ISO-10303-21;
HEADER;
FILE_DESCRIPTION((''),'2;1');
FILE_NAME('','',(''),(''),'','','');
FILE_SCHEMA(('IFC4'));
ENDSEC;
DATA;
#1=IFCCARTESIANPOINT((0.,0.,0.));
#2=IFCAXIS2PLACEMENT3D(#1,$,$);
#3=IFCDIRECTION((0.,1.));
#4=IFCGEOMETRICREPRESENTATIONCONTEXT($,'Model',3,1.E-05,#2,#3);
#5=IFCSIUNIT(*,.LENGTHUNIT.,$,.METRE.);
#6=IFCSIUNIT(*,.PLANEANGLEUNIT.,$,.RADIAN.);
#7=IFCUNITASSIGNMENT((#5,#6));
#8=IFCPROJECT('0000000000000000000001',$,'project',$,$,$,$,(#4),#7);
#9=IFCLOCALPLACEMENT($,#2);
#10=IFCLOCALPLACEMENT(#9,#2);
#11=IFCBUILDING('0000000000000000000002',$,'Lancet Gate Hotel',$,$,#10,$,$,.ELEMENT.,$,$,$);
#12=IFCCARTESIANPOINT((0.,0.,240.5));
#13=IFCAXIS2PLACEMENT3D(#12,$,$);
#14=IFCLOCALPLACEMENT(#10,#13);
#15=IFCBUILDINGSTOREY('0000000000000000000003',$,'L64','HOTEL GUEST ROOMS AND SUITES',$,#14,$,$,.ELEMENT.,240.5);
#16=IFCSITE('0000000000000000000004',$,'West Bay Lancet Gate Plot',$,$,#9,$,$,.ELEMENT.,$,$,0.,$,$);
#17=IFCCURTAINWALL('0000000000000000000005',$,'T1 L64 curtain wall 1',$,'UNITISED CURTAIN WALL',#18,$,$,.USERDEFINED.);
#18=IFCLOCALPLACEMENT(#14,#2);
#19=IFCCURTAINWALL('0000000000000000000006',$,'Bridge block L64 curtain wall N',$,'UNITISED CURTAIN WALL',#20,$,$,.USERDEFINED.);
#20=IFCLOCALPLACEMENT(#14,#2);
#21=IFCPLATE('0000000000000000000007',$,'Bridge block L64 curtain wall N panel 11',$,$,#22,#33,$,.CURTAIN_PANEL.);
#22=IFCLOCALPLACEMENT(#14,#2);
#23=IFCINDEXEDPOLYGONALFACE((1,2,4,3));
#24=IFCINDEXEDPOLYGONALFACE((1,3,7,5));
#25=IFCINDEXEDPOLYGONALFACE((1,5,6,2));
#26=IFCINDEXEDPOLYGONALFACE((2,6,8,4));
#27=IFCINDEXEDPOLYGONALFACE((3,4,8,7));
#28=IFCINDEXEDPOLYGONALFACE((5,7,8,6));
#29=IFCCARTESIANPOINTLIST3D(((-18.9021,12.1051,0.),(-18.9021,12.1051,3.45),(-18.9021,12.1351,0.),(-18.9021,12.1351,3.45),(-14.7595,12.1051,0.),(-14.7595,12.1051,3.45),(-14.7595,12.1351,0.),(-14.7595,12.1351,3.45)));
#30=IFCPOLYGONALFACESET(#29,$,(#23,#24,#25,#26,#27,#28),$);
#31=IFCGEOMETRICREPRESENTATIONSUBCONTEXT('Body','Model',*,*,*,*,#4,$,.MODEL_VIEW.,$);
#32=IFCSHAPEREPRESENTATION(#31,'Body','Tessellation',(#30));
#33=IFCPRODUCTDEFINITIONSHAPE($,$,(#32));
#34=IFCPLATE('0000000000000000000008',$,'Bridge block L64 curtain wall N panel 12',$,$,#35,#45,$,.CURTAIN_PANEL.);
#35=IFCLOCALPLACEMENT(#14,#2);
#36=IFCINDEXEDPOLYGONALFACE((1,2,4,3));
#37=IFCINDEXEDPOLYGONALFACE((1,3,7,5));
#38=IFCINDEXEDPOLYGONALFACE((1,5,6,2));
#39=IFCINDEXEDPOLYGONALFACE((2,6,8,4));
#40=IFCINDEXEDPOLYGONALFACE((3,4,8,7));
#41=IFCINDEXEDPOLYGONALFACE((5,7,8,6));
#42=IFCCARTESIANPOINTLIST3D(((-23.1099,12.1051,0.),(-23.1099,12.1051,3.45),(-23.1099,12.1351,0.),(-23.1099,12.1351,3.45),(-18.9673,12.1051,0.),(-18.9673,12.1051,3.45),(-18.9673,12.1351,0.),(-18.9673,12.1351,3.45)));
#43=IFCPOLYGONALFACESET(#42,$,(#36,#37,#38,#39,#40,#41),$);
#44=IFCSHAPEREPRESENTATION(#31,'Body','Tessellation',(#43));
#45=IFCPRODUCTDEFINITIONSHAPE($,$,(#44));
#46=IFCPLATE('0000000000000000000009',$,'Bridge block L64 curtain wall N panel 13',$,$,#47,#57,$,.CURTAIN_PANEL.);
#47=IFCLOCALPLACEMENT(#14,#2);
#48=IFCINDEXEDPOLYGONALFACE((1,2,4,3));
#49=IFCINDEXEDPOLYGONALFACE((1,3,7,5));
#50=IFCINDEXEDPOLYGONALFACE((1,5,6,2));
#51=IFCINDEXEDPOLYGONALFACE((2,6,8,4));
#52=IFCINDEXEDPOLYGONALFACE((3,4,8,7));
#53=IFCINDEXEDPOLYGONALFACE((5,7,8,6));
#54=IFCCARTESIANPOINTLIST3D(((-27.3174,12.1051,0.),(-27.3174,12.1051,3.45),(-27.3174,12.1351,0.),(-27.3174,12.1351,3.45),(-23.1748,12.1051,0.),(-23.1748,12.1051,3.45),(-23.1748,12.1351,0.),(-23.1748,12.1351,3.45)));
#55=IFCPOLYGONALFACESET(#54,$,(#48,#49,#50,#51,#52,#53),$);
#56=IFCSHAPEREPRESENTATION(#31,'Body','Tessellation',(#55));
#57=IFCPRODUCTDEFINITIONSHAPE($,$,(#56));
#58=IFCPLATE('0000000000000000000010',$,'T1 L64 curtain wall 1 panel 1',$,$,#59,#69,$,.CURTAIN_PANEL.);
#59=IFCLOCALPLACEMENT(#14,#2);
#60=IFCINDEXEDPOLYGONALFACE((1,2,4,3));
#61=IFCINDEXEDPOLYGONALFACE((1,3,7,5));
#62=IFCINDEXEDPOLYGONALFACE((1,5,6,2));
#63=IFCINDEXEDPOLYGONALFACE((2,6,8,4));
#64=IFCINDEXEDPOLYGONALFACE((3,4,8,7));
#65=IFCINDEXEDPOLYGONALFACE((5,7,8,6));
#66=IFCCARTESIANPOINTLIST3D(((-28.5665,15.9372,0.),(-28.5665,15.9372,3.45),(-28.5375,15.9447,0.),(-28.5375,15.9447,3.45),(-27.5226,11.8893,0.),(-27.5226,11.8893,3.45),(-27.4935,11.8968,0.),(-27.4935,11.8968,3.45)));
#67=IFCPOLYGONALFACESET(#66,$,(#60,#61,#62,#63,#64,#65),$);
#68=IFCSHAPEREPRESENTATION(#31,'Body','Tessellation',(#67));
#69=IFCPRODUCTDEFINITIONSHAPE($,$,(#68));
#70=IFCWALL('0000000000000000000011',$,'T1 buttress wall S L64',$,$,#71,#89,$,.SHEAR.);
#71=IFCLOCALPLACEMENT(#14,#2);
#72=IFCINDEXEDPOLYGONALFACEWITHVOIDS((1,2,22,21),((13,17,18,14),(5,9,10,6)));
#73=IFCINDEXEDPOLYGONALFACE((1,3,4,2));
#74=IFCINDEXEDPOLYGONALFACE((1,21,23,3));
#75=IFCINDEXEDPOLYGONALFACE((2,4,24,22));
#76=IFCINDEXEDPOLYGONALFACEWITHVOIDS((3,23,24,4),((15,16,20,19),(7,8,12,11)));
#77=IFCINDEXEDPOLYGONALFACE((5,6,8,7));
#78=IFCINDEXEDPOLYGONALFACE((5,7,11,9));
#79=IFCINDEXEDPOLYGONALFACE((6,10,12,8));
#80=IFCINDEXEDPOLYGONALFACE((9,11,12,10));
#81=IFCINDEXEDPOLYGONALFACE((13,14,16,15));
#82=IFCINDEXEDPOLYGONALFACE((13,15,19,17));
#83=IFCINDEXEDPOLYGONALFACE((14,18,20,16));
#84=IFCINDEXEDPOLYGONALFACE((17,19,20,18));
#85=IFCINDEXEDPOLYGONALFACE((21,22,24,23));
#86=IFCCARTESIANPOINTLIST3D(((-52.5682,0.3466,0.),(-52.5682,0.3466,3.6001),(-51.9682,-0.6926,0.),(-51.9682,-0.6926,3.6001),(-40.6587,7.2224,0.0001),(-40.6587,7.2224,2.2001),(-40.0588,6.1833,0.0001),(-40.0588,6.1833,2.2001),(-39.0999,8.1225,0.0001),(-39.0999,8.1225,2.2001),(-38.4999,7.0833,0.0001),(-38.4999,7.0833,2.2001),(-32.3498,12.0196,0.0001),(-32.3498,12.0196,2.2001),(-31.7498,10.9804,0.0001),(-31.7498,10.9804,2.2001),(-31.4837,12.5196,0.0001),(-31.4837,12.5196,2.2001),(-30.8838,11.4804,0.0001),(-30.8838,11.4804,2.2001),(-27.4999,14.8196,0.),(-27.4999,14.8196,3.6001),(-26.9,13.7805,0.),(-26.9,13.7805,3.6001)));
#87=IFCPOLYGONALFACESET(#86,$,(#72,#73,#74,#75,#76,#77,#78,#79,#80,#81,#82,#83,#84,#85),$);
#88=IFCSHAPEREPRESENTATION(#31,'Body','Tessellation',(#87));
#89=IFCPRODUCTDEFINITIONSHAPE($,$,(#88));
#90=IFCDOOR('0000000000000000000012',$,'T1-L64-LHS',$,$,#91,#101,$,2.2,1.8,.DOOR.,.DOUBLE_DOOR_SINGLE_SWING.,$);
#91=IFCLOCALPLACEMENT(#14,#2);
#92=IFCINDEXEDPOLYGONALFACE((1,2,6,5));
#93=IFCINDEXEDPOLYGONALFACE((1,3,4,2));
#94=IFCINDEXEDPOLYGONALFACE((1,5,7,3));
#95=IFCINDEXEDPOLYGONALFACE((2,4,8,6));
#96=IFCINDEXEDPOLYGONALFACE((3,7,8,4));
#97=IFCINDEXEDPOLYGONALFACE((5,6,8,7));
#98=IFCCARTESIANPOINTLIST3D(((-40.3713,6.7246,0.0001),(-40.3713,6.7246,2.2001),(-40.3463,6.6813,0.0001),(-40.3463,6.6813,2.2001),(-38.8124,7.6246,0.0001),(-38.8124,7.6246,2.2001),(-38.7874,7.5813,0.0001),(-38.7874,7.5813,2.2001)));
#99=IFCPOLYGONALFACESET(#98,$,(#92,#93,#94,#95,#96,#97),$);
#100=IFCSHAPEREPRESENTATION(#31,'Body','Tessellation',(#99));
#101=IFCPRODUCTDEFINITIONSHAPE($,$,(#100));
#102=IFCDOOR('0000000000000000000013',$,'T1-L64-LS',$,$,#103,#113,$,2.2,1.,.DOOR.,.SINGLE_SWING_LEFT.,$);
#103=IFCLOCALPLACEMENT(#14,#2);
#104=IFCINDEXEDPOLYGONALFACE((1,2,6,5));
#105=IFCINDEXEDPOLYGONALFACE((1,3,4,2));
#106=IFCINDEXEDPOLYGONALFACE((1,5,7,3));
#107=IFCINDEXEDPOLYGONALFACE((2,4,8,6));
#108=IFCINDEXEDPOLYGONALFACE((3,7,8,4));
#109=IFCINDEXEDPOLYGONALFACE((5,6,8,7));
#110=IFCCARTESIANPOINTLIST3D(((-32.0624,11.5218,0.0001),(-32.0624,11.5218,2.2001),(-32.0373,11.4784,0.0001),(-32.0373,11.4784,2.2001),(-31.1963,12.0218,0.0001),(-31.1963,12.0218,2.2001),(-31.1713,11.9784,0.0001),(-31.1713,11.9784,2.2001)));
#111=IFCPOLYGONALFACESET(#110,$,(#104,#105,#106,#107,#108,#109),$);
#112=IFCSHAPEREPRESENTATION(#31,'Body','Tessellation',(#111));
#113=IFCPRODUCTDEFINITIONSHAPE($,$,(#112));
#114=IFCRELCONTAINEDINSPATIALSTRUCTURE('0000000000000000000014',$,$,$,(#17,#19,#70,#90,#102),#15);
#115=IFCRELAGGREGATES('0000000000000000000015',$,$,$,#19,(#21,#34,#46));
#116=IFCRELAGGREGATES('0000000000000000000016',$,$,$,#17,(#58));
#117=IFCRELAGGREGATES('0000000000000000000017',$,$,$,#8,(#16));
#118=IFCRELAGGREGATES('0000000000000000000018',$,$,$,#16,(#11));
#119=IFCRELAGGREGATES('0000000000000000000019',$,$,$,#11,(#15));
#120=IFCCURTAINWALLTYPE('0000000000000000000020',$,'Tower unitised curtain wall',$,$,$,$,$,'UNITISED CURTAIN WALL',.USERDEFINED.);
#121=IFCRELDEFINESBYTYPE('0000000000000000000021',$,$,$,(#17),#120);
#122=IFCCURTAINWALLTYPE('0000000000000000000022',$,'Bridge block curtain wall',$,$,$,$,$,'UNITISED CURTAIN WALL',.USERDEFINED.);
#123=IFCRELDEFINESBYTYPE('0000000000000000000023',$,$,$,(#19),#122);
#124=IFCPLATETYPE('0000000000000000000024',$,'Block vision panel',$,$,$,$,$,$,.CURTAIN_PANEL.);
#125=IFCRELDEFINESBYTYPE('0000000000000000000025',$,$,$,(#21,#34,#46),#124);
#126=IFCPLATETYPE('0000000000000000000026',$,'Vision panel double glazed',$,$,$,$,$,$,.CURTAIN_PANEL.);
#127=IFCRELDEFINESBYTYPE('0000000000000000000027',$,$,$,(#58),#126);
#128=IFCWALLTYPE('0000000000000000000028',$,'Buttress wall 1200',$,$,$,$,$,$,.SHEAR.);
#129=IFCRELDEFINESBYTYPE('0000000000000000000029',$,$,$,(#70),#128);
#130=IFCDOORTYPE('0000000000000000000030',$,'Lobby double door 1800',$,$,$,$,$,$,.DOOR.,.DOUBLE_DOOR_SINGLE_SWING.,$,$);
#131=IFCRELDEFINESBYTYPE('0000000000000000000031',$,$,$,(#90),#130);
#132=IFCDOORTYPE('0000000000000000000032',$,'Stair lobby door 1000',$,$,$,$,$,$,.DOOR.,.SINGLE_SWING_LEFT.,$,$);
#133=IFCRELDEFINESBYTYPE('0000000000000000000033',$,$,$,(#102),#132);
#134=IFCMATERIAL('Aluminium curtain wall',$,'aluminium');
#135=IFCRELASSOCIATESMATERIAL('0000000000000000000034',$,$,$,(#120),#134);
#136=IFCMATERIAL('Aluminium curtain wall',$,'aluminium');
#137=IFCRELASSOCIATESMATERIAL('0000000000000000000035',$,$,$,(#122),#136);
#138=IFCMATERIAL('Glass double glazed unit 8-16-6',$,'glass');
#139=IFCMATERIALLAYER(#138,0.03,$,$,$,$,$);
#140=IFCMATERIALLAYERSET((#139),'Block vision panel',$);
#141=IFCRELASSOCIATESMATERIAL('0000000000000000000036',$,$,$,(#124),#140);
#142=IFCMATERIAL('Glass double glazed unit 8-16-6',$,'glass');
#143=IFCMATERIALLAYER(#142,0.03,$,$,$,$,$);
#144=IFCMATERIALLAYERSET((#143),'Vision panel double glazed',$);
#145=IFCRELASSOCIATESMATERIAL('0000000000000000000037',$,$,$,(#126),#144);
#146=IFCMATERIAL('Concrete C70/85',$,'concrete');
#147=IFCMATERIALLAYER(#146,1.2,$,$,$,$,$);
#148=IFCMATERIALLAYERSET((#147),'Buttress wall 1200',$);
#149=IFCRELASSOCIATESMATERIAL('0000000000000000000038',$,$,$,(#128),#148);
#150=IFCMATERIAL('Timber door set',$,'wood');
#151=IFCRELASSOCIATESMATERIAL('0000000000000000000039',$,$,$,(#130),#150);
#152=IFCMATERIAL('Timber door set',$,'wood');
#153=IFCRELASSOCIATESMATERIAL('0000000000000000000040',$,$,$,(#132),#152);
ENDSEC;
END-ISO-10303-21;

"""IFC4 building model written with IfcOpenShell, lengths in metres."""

from ifc_helpers import new_model, si_unit, direction, frame, frame_2d, origin, origin_2d, place, context, subcontext, project, spatial, rectangle, extrude, material, layer, layer_set, type_object, element, fill, aggregate, save


model = new_model("IFC4")

# Units and contexts
model_context = context("Model", 3, precision=1e-05, world=origin(), true_north=direction((0.0, 1.0)))
body_context = subcontext(model_context, "Body", "Model", "MODEL_VIEW")
ifc_project = project(units=[si_unit("LENGTHUNIT", "METRE"), si_unit("PLANEANGLEUNIT", "RADIAN")], contexts=[model_context])

# Site, building, storey
site_placement = place(None, origin())
site = spatial("IfcSite", under=ifc_project, at=site_placement, Name="West Bay Lancet Gate Plot", CompositionType="ELEMENT", RefElevation=0.0)
building_placement = place(site_placement, origin())
building = spatial("IfcBuilding", under=site, at=building_placement, Name="Lancet Gate Hotel", CompositionType="ELEMENT")
storey_placement = place(building_placement, frame((0.0, 0.0, 240.5)))
storey = spatial("IfcBuildingStorey", under=building, at=storey_placement, Name="L64", Description="HOTEL GUEST ROOMS AND SUITES", CompositionType="ELEMENT", Elevation=240.5)

# Curtain walls
ifc_material_1 = material(Name="Aluminium curtain wall", Category="aluminium")
curtain_wall_type_1 = type_object("IfcCurtainWallType", Name="Tower unitised curtain wall", ElementType="UNITISED CURTAIN WALL", PredefinedType="USERDEFINED", material=ifc_material_1)
curtain_wall_1_placement = place(storey_placement, origin())
curtain_wall_1 = element("IfcCurtainWall", 1, at=curtain_wall_1_placement, inside=storey, type_object=curtain_wall_type_1, Name="T1 L64 curtain wall 1", ObjectType="UNITISED CURTAIN WALL", PredefinedType="USERDEFINED")
ifc_material_2 = material(Name="Aluminium curtain wall", Category="aluminium")
curtain_wall_type_2 = type_object("IfcCurtainWallType", Name="Bridge block curtain wall", ElementType="UNITISED CURTAIN WALL", PredefinedType="USERDEFINED", material=ifc_material_2)
curtain_wall_2_placement = place(storey_placement, origin())
curtain_wall_2 = element("IfcCurtainWall", 2, at=curtain_wall_2_placement, inside=storey, type_object=curtain_wall_type_2, Name="Bridge block L64 curtain wall N", ObjectType="UNITISED CURTAIN WALL", PredefinedType="USERDEFINED")

# Plates
ifc_material_3 = material(Name="Glass double glazed unit 8-16-6", Category="glass")
ifc_layer_1 = layer(ifc_material_3, 0.03)
ifc_layer_set_1 = layer_set([ifc_layer_1], Name="Block vision panel")
plate_type_1 = type_object("IfcPlateType", Name="Block vision panel", PredefinedType="CURTAIN_PANEL", material=ifc_layer_set_1)
plate_1_placement = place(storey_placement, frame((-16.8308, 12.1201, 0.0), z_axis=(0.0, 0.0, 1.0), x_axis=(-1.0, 0.0, 0.0)))
plate_1 = element("IfcPlate", 3, at=plate_1_placement, type_object=plate_type_1, Name="Bridge block L64 curtain wall N panel 11", PredefinedType="CURTAIN_PANEL", context=body_context, shape_type="SweptSolid", body=[
    extrude(rectangle(XDim=4.1426, YDim=0.03, at=origin_2d()), origin(), (0.0, 0.0, 1.0), 3.45),
])
plate_2_placement = place(storey_placement, frame((-21.0386, 12.1201, 0.0), z_axis=(0.0, 0.0, 1.0), x_axis=(-1.0, 0.0, 0.0)))
plate_2 = element("IfcPlate", 4, at=plate_2_placement, type_object=plate_type_1, Name="Bridge block L64 curtain wall N panel 12", PredefinedType="CURTAIN_PANEL", context=body_context, shape_type="SweptSolid", body=[
    extrude(rectangle(XDim=4.1426, YDim=0.03, at=origin_2d()), origin(), (0.0, 0.0, 1.0), 3.45),
])
plate_3_placement = place(storey_placement, frame((-25.2461, 12.1201, 0.0), z_axis=(0.0, 0.0, 1.0), x_axis=(-1.0, 0.0, 0.0)))
plate_3 = element("IfcPlate", 5, at=plate_3_placement, type_object=plate_type_1, Name="Bridge block L64 curtain wall N panel 13", PredefinedType="CURTAIN_PANEL", context=body_context, shape_type="SweptSolid", body=[
    extrude(rectangle(XDim=4.1426, YDim=0.03, at=origin_2d()), origin(), (0.0, 0.0, 1.0), 3.45),
])
aggregate(curtain_wall_2, [plate_1, plate_2, plate_3])
ifc_material_4 = material(Name="Glass double glazed unit 8-16-6", Category="glass")
ifc_layer_2 = layer(ifc_material_4, 0.03)
ifc_layer_set_2 = layer_set([ifc_layer_2], Name="Vision panel double glazed")
plate_type_2 = type_object("IfcPlateType", Name="Vision panel double glazed", PredefinedType="CURTAIN_PANEL", material=ifc_layer_set_2)
plate_4_placement = place(storey_placement, frame((-28.03, 13.917, 0.0), z_axis=(0.0, 0.0, 1.0), x_axis=(-0.249726, 0.968317, 0.0)))
plate_4 = element("IfcPlate", 6, at=plate_4_placement, type_object=plate_type_2, Name="T1 L64 curtain wall 1 panel 1", PredefinedType="CURTAIN_PANEL", context=body_context, shape_type="SweptSolid", body=[
    extrude(rectangle(XDim=4.1804, YDim=0.03, at=origin_2d()), origin(), (0.0, 0.0, 1.0), 3.45),
])
aggregate(curtain_wall_1, [plate_4])

# Wall, openings, doors
ifc_material_5 = material(Name="Concrete C70/85", Category="concrete")
ifc_layer_3 = layer(ifc_material_5, 1.2)
ifc_layer_set_3 = layer_set([ifc_layer_3], Name="Buttress wall 1200")
wall_type_1 = type_object("IfcWallType", Name="Buttress wall 1200", PredefinedType="SHEAR", material=ifc_layer_set_3)
wall_1_placement = place(storey_placement, frame((-27.2, 14.3, 0.0), z_axis=(0.0, 0.0, 1.0), x_axis=(-0.866027, -0.499998, 0.0)))
wall_1 = element("IfcWall", 7, at=wall_1_placement, inside=storey, type_object=wall_type_1, Name="T1 buttress wall S L64", PredefinedType="SHEAR", context=body_context, shape_type="SweptSolid", body=[
    extrude(rectangle(XDim=28.9463, YDim=1.2, at=frame_2d((14.4731, 0.0))), origin(), (0.0, 0.0, 1.0), 3.6001),
])
opening_1_placement = place(wall_1_placement, frame((4.6001, 0.0, 0.0)))
opening_1 = element("IfcOpeningElement", 8, at=opening_1_placement, cuts=wall_1, PredefinedType="OPENING", context=body_context, shape_type="SweptSolid", body=[
    extrude(rectangle(XDim=1.0, YDim=2.2, at=frame_2d((0.5, 1.1001))), frame((0.0, 0.6099, 0.0), z_axis=(0.0, -1.0, 0.0), x_axis=(1.0, 0.0, 0.0)), (0.0, 0.0, 1.0), 1.22),
])
opening_2_placement = place(wall_1_placement, frame((13.3945, 0.0, 0.0)))
opening_2 = element("IfcOpeningElement", 9, at=opening_2_placement, cuts=wall_1, PredefinedType="OPENING", context=body_context, shape_type="SweptSolid", body=[
    extrude(rectangle(XDim=1.8, YDim=2.2, at=frame_2d((0.8999, 1.1001))), frame((0.0, 0.6099, 0.0), z_axis=(0.0, -1.0, 0.0), x_axis=(1.0, 0.0, 0.0)), (0.0, 0.0, 1.0), 1.22),
])
ifc_material_6 = material(Name="Timber door set", Category="wood")
door_type_1 = type_object("IfcDoorType", Name="Lobby double door 1800", OperationType="DOUBLE_DOOR_SINGLE_SWING", PredefinedType="DOOR", material=ifc_material_6)
door_1_placement = place(opening_2_placement, origin())
door_1 = element("IfcDoor", 10, at=door_1_placement, inside=storey, type_object=door_type_1, Name="T1-L64-LHS", OperationType="DOUBLE_DOOR_SINGLE_SWING", OverallHeight=2.2, OverallWidth=1.8, PredefinedType="DOOR", context=body_context, shape_type="SweptSolid", body=[
    extrude(rectangle(XDim=1.8, YDim=2.2, at=frame_2d((0.8999, 1.1001))), frame((0.0, 0.0249, 0.0), z_axis=(0.0, -1.0, 0.0), x_axis=(1.0, 0.0, 0.0)), (0.0, 0.0, 1.0), 0.05),
])
fill(opening_2, door_1)
ifc_material_7 = material(Name="Timber door set", Category="wood")
door_type_2 = type_object("IfcDoorType", Name="Stair lobby door 1000", OperationType="SINGLE_SWING_LEFT", PredefinedType="DOOR", material=ifc_material_7)
door_2_placement = place(opening_1_placement, origin())
door_2 = element("IfcDoor", 11, at=door_2_placement, inside=storey, type_object=door_type_2, Name="T1-L64-LS", OperationType="SINGLE_SWING_LEFT", OverallHeight=2.2, OverallWidth=1.0, PredefinedType="DOOR", context=body_context, shape_type="SweptSolid", body=[
    extrude(rectangle(XDim=1.0, YDim=2.2, at=frame_2d((0.5, 1.1001))), frame((0.0, 0.0249, 0.0), z_axis=(0.0, -1.0, 0.0), x_axis=(1.0, 0.0, 0.0)), (0.0, 0.0, 1.0), 0.05),
])
fill(opening_1, door_2)

save(model, "model.ifc")
